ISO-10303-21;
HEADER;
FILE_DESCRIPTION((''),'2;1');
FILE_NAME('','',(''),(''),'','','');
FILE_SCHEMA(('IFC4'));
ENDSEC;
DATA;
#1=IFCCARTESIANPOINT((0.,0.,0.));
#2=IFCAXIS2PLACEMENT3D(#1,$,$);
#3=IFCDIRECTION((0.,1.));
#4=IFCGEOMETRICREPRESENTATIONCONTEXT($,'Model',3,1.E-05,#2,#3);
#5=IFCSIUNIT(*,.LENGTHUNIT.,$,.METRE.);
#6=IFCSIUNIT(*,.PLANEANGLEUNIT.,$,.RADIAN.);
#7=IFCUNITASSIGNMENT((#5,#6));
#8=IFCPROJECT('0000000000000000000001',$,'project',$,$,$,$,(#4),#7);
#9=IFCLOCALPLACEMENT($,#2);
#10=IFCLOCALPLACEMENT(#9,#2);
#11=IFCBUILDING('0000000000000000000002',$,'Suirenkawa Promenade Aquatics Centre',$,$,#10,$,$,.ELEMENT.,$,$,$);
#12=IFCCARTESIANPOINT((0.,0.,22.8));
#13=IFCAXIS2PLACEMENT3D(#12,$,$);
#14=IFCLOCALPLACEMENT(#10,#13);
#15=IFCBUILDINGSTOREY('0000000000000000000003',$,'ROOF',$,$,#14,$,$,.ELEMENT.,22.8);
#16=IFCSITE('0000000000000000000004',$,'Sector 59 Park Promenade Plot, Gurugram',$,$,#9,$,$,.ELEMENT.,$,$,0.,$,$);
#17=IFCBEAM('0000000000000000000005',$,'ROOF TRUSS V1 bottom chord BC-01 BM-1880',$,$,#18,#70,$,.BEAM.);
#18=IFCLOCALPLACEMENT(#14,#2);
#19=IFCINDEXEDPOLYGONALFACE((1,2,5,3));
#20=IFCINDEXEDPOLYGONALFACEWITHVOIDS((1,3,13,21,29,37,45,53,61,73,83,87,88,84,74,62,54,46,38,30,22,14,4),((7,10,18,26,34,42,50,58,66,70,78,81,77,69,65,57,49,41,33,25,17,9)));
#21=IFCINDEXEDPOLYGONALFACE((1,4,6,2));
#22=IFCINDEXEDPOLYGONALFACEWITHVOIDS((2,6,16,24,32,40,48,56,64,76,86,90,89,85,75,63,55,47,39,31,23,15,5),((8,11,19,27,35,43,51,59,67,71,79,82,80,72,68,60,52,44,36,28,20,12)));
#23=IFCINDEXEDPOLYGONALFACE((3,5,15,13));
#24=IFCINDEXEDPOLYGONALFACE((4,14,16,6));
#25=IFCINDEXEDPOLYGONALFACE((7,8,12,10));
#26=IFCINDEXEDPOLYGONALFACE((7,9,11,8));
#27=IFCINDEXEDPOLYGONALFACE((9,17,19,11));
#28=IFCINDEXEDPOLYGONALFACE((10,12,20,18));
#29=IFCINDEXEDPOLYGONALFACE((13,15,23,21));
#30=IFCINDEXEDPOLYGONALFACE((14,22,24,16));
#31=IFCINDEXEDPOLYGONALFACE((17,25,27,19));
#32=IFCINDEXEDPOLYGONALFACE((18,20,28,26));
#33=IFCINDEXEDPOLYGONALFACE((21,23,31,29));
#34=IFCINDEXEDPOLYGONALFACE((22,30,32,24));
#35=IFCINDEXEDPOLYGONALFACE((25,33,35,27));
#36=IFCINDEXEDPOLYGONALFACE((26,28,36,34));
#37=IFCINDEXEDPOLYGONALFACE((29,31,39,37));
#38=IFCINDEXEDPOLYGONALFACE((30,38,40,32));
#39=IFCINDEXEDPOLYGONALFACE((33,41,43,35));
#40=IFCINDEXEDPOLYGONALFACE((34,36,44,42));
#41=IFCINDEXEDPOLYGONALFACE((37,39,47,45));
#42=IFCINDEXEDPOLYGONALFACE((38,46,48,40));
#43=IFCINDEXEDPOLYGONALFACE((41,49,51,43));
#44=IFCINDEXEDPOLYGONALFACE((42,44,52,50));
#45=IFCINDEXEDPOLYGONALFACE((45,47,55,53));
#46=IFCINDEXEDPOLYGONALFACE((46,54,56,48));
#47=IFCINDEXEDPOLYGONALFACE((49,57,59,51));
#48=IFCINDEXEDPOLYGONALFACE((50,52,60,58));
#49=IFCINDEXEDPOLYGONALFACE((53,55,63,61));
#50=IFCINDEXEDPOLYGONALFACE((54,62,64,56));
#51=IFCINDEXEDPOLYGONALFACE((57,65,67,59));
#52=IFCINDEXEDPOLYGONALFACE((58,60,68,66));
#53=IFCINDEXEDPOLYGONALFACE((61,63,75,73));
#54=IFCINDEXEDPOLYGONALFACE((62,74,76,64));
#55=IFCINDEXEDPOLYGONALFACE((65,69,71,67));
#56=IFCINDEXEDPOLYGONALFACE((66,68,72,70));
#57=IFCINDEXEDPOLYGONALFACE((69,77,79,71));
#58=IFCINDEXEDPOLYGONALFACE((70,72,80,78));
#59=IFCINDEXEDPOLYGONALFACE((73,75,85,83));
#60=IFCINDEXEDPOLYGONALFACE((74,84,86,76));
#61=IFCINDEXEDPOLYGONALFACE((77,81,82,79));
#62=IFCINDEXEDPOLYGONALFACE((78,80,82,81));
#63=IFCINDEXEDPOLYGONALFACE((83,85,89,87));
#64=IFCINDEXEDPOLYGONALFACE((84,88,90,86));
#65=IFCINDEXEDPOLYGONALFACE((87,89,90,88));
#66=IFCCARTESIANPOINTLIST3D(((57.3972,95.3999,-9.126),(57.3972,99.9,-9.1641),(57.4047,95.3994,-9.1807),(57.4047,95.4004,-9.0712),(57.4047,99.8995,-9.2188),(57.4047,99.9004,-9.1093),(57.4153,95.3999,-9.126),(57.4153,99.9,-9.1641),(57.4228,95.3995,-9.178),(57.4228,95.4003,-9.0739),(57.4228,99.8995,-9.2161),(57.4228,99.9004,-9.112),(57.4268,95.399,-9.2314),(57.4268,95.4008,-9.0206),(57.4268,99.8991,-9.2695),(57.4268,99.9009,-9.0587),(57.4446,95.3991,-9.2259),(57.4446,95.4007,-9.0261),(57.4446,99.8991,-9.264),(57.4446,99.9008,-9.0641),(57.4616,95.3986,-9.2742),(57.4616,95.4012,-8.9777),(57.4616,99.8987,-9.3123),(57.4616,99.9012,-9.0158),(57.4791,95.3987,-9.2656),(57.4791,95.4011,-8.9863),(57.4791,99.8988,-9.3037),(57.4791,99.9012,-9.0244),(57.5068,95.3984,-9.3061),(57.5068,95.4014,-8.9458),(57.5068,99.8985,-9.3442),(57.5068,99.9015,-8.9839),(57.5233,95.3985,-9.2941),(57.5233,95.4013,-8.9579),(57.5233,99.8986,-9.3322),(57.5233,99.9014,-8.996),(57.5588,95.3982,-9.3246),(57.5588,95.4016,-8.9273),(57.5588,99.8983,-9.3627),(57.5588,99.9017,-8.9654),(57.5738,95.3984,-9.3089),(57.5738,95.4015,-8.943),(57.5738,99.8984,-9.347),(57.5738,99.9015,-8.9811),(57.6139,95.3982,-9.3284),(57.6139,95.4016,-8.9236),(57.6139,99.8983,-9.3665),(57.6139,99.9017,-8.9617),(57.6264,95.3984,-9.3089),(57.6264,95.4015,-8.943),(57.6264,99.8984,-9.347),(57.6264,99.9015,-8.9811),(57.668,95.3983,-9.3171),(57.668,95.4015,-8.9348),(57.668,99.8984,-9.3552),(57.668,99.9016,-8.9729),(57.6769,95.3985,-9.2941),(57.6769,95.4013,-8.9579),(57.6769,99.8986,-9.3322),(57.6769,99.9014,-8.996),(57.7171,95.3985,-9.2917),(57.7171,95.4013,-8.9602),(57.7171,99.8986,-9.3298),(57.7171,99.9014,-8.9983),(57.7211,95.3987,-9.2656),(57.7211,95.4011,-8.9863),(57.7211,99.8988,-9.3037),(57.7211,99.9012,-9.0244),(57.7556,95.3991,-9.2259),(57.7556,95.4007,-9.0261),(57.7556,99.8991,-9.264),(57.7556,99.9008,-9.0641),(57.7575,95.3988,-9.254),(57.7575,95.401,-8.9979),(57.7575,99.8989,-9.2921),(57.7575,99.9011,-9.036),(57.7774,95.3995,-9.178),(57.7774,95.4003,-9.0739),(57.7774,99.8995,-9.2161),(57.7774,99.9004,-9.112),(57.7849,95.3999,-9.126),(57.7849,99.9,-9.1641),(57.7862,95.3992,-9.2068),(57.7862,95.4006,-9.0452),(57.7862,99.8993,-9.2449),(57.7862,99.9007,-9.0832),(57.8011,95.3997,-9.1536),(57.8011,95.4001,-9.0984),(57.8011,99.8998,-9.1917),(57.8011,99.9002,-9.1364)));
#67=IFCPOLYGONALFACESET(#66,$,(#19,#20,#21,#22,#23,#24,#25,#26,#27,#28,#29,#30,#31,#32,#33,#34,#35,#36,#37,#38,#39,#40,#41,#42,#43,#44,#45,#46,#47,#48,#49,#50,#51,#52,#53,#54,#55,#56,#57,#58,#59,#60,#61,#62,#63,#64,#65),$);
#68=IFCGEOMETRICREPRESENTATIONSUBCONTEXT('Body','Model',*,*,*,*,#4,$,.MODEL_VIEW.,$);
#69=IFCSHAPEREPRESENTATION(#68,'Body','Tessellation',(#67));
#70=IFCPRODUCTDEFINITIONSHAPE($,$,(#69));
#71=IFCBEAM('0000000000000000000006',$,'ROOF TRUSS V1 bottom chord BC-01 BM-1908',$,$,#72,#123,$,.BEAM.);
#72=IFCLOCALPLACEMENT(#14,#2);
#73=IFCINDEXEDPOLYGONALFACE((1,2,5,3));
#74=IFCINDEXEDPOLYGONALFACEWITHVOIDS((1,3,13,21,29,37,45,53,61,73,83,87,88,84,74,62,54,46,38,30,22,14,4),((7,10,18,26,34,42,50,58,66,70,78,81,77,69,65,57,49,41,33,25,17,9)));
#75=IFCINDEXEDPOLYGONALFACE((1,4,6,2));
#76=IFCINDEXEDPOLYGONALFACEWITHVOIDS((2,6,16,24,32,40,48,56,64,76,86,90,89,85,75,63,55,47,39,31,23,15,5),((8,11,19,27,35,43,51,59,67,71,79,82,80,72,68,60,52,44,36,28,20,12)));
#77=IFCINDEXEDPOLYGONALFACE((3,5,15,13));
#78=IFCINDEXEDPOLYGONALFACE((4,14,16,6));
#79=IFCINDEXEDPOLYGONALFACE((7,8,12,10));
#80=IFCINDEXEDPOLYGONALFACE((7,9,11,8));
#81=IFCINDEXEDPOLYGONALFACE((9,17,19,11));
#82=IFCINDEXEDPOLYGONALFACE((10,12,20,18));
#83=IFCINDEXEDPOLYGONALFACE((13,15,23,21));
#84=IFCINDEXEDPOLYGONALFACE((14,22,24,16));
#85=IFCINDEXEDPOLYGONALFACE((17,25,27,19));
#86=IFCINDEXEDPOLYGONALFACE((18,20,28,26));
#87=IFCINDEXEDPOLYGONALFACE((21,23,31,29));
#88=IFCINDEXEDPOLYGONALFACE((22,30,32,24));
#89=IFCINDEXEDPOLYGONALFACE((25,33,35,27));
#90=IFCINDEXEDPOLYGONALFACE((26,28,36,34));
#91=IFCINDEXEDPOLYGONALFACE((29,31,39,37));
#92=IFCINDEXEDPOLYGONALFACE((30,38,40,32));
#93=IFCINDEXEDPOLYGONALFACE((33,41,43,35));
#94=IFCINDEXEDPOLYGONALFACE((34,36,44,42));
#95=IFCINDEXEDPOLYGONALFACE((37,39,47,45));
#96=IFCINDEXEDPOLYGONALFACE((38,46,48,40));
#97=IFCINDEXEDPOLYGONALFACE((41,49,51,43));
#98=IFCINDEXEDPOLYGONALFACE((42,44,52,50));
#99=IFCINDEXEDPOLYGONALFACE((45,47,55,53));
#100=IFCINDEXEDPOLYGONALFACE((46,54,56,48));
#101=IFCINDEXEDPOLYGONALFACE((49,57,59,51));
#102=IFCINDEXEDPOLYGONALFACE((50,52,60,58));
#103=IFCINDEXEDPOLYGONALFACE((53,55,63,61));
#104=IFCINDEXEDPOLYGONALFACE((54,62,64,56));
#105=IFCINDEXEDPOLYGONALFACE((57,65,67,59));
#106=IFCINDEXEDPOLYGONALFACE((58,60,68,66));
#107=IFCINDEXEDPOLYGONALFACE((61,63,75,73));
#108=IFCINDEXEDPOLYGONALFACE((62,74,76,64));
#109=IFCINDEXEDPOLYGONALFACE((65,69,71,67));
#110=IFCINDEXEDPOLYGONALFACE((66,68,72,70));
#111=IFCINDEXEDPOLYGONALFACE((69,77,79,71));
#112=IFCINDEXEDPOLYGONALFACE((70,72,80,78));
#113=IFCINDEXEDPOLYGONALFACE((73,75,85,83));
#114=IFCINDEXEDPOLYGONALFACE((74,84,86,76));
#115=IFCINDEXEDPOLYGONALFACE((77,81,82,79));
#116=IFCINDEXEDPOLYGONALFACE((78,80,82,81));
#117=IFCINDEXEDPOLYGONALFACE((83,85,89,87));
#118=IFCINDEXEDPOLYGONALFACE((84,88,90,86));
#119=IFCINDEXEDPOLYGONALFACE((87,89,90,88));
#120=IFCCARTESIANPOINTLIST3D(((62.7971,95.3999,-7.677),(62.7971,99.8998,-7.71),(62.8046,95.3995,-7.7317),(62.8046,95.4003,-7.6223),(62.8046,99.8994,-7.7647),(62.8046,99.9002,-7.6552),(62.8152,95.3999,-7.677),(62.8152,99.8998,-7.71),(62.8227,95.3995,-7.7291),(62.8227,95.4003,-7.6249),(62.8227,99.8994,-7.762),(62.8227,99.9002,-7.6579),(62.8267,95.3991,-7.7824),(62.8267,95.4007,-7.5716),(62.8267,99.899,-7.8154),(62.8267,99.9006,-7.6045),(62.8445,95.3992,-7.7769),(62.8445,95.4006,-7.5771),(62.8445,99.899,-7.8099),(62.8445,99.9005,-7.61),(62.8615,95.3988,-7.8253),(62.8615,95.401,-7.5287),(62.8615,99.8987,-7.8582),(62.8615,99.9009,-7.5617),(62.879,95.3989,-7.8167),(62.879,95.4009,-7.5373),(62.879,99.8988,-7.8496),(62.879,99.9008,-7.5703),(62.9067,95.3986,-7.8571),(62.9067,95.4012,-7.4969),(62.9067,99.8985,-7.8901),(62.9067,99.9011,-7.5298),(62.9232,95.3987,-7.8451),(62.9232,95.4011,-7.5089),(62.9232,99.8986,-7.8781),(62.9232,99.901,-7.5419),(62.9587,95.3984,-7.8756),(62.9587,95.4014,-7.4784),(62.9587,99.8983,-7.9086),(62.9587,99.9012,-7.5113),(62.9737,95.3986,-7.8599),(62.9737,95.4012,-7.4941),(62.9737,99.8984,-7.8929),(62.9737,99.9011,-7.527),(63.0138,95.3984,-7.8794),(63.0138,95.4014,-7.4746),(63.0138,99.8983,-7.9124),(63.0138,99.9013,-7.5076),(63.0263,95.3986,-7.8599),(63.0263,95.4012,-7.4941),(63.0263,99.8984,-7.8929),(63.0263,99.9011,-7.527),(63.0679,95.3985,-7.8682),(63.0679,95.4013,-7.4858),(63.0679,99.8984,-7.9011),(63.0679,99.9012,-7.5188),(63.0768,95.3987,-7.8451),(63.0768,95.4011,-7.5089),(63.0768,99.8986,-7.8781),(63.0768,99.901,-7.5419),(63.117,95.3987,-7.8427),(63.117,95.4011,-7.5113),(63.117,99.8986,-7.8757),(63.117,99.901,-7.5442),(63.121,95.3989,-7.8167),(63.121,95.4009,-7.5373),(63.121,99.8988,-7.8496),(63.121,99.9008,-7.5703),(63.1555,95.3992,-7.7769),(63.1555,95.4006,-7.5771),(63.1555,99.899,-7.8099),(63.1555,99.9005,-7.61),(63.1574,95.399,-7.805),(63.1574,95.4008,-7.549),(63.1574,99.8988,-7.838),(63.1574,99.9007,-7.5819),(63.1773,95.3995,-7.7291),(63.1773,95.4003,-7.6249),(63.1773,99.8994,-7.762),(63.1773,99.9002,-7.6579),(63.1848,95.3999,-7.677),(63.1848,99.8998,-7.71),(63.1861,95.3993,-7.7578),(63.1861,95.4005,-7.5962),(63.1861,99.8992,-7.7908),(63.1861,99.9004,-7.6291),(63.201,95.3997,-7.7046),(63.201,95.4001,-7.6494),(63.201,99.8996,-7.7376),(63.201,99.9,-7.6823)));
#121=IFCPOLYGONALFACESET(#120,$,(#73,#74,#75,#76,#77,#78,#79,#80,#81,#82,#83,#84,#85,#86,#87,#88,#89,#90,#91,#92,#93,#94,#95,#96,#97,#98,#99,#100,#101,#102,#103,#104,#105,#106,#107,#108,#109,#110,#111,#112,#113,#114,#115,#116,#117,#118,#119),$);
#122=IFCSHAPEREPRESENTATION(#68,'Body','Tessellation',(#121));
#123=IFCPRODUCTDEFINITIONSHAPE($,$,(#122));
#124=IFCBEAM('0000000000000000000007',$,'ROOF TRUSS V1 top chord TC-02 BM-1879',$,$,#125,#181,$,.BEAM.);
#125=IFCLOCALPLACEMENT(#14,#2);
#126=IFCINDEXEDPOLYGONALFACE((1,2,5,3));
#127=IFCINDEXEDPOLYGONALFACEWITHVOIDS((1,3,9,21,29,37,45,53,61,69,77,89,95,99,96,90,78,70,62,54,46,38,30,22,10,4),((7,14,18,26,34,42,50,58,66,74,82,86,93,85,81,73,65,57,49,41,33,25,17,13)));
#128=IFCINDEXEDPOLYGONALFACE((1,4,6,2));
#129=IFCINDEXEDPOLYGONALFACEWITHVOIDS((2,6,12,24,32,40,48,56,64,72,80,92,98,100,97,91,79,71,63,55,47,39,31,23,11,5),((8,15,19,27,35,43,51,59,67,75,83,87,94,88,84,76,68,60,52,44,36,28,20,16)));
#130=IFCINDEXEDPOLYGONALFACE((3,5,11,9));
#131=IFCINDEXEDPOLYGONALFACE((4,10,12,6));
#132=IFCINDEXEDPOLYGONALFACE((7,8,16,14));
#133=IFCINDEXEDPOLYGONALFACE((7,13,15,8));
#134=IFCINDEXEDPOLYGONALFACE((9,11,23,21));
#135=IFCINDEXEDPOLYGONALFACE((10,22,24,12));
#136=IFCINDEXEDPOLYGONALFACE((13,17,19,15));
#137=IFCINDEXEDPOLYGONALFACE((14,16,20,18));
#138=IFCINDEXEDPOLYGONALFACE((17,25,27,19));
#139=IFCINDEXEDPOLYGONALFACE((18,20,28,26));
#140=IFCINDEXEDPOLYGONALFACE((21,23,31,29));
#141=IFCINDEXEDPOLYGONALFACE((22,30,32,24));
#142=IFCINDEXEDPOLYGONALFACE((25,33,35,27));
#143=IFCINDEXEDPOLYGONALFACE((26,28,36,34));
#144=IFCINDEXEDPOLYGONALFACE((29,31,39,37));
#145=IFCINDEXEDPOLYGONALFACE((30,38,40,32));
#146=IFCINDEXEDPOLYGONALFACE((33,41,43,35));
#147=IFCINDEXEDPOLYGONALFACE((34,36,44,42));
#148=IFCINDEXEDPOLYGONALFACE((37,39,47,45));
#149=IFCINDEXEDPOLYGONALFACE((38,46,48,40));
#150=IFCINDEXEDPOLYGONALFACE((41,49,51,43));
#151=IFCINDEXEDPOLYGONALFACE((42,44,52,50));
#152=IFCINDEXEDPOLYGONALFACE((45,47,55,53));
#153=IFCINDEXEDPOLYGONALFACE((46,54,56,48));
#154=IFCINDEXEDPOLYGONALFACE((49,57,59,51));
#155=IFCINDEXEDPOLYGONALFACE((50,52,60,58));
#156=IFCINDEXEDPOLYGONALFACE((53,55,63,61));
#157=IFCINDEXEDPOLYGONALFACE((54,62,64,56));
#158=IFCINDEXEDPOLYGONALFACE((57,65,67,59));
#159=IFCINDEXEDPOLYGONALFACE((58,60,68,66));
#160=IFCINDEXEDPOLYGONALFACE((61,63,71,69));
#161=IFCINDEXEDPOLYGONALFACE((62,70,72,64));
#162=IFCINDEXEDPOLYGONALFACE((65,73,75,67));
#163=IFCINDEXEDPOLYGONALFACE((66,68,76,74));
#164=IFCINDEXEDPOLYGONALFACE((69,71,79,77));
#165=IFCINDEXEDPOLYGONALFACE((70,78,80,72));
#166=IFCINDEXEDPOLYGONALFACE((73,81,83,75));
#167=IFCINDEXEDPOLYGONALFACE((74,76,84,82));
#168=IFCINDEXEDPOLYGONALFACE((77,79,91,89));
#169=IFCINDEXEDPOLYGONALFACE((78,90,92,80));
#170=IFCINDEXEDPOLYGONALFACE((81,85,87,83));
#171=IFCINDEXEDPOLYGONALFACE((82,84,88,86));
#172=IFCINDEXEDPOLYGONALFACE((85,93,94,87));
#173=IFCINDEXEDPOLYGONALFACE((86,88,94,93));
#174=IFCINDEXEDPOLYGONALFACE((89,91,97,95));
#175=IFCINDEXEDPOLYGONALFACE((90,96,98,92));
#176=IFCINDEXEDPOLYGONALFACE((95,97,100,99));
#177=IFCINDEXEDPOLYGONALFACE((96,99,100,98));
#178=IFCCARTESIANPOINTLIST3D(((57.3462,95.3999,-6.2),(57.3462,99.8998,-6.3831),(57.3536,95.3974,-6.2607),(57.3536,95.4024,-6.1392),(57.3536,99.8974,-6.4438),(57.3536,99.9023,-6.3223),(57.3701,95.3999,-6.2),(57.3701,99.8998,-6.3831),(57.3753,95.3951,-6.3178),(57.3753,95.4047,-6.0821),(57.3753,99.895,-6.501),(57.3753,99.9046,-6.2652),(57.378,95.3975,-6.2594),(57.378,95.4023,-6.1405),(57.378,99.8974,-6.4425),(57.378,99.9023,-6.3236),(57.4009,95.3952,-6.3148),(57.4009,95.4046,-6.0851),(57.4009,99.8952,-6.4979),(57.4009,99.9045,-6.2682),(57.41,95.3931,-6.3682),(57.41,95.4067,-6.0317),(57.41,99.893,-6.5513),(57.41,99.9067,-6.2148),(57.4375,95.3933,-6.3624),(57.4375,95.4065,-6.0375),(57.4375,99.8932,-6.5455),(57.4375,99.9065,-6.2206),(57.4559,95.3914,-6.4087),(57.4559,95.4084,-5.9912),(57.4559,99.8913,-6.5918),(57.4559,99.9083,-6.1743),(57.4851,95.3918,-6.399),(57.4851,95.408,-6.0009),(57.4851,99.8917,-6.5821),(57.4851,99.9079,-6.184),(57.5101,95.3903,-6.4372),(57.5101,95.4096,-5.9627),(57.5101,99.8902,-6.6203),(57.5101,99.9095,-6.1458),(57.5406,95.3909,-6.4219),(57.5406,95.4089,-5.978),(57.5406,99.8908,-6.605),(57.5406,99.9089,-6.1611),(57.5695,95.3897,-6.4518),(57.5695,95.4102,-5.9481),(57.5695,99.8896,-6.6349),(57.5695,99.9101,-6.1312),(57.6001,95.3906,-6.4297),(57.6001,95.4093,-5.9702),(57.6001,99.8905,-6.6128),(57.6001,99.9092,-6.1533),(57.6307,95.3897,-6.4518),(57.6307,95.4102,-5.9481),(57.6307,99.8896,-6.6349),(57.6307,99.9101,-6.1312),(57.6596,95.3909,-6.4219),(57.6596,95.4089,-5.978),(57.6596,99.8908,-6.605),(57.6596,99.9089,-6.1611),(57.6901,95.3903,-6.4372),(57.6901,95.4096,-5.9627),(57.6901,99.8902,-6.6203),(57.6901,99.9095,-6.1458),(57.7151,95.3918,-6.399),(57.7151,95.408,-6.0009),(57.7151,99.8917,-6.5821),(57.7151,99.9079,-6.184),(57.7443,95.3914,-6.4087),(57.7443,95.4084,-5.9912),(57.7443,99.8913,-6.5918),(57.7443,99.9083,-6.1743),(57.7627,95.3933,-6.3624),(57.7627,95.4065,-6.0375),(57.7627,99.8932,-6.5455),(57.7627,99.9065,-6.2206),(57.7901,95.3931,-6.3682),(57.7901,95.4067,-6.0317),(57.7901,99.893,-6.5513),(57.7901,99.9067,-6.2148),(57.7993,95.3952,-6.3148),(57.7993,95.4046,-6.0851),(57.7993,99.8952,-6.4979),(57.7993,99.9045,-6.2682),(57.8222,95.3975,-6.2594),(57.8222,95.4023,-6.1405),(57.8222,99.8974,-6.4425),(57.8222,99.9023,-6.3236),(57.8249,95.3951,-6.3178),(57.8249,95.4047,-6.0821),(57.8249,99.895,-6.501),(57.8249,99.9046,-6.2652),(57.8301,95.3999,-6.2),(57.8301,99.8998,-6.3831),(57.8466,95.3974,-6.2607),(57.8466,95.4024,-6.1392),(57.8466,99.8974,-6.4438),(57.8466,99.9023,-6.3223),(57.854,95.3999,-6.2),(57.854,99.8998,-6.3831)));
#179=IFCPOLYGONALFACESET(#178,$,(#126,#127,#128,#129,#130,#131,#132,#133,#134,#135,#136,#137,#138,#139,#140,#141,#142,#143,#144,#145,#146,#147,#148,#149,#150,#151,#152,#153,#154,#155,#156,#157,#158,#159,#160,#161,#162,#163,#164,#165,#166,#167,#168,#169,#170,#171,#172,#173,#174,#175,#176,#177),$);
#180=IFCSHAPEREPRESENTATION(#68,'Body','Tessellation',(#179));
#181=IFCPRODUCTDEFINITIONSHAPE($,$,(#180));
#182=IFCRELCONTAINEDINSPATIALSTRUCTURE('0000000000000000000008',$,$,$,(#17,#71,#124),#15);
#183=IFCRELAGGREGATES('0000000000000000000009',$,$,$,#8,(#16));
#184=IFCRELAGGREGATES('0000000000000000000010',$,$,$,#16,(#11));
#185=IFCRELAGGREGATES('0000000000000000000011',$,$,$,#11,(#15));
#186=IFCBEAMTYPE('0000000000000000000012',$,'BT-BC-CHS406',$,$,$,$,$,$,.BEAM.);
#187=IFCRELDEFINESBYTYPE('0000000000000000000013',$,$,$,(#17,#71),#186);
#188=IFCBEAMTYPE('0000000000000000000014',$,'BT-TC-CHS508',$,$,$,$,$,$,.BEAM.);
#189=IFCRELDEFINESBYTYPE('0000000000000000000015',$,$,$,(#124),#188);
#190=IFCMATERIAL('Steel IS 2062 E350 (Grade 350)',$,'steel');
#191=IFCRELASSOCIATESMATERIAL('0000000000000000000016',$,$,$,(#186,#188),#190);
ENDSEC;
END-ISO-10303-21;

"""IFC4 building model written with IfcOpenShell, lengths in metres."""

from ifc_helpers import new_model, si_unit, direction, frame, origin, origin_2d, place, context, subcontext, project, spatial, hollow_circle, extrude, material, material_profile, profile_set, type_object, element, save


model = new_model("IFC4")

# Units and contexts
model_context = context("Model", 3, precision=1e-05, world=origin(), true_north=direction((0.0, 1.0)))
body_context = subcontext(model_context, "Body", "Model", "MODEL_VIEW")
ifc_project = project(units=[si_unit("LENGTHUNIT", "METRE"), si_unit("PLANEANGLEUNIT", "RADIAN")], contexts=[model_context])

# Site, building, storey
site_placement = place(None, origin())
site = spatial("IfcSite", under=ifc_project, at=site_placement, Name="Sector 59 Park Promenade Plot, Gurugram", CompositionType="ELEMENT", RefElevation=0.0)
building_placement = place(site_placement, origin())
building = spatial("IfcBuilding", under=site, at=building_placement, Name="Suirenkawa Promenade Aquatics Centre", CompositionType="ELEMENT")
storey_placement = place(building_placement, frame((0.0, 0.0, 22.8)))
storey = spatial("IfcBuildingStorey", under=building, at=storey_placement, Name="ROOF", CompositionType="ELEMENT", Elevation=22.8)

# Beams
ifc_material_1 = material(Name="Steel IS 2062 E350 (Grade 350)", Category="steel")
ifc_material_profile_1 = material_profile(ifc_material_1, hollow_circle(Radius=0.2029, WallThickness=0.0181, at=origin_2d()), Name="CHS 406x18", Category="steel")
ifc_profile_set_1 = profile_set([ifc_material_profile_1], Name="Steel IS 2062 E350 (Grade 350)")
beam_type_1 = type_object("IfcBeamType", Name="BT-BC-CHS406", PredefinedType="BEAM", material=ifc_profile_set_1)
beam_1_placement = place(storey_placement, frame((57.6001, 95.3999, -9.126), z_axis=(0.0, 0.999964, -0.008463), x_axis=(-1.0, 0.0, 0.0)))
element("IfcBeam", 1, at=beam_1_placement, inside=storey, type_object=beam_type_1, Name="ROOF TRUSS V1 bottom chord BC-01 BM-1880", PredefinedType="BEAM", context=body_context, shape_type="SweptSolid", body=[
    extrude(hollow_circle(Radius=0.2029, WallThickness=0.0181, at=origin_2d()), origin(), (0.0, 0.0, 1.0), 4.5002),
])
beam_2_placement = place(storey_placement, frame((63.0, 95.3999, -7.677), z_axis=(0.0, 0.999973, -0.007324), x_axis=(-1.0, 0.0, 0.0)))
element("IfcBeam", 2, at=beam_2_placement, inside=storey, type_object=beam_type_1, Name="ROOF TRUSS V1 bottom chord BC-01 BM-1908", PredefinedType="BEAM", context=body_context, shape_type="SweptSolid", body=[
    extrude(hollow_circle(Radius=0.2029, WallThickness=0.0181, at=origin_2d()), origin(), (0.0, 0.0, 1.0), 4.5),
])
ifc_material_profile_2 = material_profile(ifc_material_1, hollow_circle(Radius=0.2539, WallThickness=0.0239, at=origin_2d()), Name="CHS 508x24", Category="steel")
ifc_profile_set_2 = profile_set([ifc_material_profile_2], Name="Steel IS 2062 E350 (Grade 350)")
beam_type_2 = type_object("IfcBeamType", Name="BT-TC-CHS508", PredefinedType="BEAM", material=ifc_profile_set_2)
for number, where, z_axis, x_axis, name in (
    (3, (57.6001, 95.3999, -6.2), (0.0, 0.999173, -0.040656), (-1.0, 0.0, 0.0), "ROOF TRUSS V1 top chord TC-02 BM-1879"),
):
    element("IfcBeam", number, at=place(storey_placement, frame(where, z_axis=z_axis, x_axis=x_axis)), inside=storey, type_object=beam_type_2, Name=name, PredefinedType="BEAM", context=body_context, shape_type="SweptSolid", body=[
        extrude(hollow_circle(Radius=0.2539, WallThickness=0.0239, at=origin_2d()), origin(), (0.0, 0.0, 1.0), 4.5037),
    ])

save(model, "model.ifc")
